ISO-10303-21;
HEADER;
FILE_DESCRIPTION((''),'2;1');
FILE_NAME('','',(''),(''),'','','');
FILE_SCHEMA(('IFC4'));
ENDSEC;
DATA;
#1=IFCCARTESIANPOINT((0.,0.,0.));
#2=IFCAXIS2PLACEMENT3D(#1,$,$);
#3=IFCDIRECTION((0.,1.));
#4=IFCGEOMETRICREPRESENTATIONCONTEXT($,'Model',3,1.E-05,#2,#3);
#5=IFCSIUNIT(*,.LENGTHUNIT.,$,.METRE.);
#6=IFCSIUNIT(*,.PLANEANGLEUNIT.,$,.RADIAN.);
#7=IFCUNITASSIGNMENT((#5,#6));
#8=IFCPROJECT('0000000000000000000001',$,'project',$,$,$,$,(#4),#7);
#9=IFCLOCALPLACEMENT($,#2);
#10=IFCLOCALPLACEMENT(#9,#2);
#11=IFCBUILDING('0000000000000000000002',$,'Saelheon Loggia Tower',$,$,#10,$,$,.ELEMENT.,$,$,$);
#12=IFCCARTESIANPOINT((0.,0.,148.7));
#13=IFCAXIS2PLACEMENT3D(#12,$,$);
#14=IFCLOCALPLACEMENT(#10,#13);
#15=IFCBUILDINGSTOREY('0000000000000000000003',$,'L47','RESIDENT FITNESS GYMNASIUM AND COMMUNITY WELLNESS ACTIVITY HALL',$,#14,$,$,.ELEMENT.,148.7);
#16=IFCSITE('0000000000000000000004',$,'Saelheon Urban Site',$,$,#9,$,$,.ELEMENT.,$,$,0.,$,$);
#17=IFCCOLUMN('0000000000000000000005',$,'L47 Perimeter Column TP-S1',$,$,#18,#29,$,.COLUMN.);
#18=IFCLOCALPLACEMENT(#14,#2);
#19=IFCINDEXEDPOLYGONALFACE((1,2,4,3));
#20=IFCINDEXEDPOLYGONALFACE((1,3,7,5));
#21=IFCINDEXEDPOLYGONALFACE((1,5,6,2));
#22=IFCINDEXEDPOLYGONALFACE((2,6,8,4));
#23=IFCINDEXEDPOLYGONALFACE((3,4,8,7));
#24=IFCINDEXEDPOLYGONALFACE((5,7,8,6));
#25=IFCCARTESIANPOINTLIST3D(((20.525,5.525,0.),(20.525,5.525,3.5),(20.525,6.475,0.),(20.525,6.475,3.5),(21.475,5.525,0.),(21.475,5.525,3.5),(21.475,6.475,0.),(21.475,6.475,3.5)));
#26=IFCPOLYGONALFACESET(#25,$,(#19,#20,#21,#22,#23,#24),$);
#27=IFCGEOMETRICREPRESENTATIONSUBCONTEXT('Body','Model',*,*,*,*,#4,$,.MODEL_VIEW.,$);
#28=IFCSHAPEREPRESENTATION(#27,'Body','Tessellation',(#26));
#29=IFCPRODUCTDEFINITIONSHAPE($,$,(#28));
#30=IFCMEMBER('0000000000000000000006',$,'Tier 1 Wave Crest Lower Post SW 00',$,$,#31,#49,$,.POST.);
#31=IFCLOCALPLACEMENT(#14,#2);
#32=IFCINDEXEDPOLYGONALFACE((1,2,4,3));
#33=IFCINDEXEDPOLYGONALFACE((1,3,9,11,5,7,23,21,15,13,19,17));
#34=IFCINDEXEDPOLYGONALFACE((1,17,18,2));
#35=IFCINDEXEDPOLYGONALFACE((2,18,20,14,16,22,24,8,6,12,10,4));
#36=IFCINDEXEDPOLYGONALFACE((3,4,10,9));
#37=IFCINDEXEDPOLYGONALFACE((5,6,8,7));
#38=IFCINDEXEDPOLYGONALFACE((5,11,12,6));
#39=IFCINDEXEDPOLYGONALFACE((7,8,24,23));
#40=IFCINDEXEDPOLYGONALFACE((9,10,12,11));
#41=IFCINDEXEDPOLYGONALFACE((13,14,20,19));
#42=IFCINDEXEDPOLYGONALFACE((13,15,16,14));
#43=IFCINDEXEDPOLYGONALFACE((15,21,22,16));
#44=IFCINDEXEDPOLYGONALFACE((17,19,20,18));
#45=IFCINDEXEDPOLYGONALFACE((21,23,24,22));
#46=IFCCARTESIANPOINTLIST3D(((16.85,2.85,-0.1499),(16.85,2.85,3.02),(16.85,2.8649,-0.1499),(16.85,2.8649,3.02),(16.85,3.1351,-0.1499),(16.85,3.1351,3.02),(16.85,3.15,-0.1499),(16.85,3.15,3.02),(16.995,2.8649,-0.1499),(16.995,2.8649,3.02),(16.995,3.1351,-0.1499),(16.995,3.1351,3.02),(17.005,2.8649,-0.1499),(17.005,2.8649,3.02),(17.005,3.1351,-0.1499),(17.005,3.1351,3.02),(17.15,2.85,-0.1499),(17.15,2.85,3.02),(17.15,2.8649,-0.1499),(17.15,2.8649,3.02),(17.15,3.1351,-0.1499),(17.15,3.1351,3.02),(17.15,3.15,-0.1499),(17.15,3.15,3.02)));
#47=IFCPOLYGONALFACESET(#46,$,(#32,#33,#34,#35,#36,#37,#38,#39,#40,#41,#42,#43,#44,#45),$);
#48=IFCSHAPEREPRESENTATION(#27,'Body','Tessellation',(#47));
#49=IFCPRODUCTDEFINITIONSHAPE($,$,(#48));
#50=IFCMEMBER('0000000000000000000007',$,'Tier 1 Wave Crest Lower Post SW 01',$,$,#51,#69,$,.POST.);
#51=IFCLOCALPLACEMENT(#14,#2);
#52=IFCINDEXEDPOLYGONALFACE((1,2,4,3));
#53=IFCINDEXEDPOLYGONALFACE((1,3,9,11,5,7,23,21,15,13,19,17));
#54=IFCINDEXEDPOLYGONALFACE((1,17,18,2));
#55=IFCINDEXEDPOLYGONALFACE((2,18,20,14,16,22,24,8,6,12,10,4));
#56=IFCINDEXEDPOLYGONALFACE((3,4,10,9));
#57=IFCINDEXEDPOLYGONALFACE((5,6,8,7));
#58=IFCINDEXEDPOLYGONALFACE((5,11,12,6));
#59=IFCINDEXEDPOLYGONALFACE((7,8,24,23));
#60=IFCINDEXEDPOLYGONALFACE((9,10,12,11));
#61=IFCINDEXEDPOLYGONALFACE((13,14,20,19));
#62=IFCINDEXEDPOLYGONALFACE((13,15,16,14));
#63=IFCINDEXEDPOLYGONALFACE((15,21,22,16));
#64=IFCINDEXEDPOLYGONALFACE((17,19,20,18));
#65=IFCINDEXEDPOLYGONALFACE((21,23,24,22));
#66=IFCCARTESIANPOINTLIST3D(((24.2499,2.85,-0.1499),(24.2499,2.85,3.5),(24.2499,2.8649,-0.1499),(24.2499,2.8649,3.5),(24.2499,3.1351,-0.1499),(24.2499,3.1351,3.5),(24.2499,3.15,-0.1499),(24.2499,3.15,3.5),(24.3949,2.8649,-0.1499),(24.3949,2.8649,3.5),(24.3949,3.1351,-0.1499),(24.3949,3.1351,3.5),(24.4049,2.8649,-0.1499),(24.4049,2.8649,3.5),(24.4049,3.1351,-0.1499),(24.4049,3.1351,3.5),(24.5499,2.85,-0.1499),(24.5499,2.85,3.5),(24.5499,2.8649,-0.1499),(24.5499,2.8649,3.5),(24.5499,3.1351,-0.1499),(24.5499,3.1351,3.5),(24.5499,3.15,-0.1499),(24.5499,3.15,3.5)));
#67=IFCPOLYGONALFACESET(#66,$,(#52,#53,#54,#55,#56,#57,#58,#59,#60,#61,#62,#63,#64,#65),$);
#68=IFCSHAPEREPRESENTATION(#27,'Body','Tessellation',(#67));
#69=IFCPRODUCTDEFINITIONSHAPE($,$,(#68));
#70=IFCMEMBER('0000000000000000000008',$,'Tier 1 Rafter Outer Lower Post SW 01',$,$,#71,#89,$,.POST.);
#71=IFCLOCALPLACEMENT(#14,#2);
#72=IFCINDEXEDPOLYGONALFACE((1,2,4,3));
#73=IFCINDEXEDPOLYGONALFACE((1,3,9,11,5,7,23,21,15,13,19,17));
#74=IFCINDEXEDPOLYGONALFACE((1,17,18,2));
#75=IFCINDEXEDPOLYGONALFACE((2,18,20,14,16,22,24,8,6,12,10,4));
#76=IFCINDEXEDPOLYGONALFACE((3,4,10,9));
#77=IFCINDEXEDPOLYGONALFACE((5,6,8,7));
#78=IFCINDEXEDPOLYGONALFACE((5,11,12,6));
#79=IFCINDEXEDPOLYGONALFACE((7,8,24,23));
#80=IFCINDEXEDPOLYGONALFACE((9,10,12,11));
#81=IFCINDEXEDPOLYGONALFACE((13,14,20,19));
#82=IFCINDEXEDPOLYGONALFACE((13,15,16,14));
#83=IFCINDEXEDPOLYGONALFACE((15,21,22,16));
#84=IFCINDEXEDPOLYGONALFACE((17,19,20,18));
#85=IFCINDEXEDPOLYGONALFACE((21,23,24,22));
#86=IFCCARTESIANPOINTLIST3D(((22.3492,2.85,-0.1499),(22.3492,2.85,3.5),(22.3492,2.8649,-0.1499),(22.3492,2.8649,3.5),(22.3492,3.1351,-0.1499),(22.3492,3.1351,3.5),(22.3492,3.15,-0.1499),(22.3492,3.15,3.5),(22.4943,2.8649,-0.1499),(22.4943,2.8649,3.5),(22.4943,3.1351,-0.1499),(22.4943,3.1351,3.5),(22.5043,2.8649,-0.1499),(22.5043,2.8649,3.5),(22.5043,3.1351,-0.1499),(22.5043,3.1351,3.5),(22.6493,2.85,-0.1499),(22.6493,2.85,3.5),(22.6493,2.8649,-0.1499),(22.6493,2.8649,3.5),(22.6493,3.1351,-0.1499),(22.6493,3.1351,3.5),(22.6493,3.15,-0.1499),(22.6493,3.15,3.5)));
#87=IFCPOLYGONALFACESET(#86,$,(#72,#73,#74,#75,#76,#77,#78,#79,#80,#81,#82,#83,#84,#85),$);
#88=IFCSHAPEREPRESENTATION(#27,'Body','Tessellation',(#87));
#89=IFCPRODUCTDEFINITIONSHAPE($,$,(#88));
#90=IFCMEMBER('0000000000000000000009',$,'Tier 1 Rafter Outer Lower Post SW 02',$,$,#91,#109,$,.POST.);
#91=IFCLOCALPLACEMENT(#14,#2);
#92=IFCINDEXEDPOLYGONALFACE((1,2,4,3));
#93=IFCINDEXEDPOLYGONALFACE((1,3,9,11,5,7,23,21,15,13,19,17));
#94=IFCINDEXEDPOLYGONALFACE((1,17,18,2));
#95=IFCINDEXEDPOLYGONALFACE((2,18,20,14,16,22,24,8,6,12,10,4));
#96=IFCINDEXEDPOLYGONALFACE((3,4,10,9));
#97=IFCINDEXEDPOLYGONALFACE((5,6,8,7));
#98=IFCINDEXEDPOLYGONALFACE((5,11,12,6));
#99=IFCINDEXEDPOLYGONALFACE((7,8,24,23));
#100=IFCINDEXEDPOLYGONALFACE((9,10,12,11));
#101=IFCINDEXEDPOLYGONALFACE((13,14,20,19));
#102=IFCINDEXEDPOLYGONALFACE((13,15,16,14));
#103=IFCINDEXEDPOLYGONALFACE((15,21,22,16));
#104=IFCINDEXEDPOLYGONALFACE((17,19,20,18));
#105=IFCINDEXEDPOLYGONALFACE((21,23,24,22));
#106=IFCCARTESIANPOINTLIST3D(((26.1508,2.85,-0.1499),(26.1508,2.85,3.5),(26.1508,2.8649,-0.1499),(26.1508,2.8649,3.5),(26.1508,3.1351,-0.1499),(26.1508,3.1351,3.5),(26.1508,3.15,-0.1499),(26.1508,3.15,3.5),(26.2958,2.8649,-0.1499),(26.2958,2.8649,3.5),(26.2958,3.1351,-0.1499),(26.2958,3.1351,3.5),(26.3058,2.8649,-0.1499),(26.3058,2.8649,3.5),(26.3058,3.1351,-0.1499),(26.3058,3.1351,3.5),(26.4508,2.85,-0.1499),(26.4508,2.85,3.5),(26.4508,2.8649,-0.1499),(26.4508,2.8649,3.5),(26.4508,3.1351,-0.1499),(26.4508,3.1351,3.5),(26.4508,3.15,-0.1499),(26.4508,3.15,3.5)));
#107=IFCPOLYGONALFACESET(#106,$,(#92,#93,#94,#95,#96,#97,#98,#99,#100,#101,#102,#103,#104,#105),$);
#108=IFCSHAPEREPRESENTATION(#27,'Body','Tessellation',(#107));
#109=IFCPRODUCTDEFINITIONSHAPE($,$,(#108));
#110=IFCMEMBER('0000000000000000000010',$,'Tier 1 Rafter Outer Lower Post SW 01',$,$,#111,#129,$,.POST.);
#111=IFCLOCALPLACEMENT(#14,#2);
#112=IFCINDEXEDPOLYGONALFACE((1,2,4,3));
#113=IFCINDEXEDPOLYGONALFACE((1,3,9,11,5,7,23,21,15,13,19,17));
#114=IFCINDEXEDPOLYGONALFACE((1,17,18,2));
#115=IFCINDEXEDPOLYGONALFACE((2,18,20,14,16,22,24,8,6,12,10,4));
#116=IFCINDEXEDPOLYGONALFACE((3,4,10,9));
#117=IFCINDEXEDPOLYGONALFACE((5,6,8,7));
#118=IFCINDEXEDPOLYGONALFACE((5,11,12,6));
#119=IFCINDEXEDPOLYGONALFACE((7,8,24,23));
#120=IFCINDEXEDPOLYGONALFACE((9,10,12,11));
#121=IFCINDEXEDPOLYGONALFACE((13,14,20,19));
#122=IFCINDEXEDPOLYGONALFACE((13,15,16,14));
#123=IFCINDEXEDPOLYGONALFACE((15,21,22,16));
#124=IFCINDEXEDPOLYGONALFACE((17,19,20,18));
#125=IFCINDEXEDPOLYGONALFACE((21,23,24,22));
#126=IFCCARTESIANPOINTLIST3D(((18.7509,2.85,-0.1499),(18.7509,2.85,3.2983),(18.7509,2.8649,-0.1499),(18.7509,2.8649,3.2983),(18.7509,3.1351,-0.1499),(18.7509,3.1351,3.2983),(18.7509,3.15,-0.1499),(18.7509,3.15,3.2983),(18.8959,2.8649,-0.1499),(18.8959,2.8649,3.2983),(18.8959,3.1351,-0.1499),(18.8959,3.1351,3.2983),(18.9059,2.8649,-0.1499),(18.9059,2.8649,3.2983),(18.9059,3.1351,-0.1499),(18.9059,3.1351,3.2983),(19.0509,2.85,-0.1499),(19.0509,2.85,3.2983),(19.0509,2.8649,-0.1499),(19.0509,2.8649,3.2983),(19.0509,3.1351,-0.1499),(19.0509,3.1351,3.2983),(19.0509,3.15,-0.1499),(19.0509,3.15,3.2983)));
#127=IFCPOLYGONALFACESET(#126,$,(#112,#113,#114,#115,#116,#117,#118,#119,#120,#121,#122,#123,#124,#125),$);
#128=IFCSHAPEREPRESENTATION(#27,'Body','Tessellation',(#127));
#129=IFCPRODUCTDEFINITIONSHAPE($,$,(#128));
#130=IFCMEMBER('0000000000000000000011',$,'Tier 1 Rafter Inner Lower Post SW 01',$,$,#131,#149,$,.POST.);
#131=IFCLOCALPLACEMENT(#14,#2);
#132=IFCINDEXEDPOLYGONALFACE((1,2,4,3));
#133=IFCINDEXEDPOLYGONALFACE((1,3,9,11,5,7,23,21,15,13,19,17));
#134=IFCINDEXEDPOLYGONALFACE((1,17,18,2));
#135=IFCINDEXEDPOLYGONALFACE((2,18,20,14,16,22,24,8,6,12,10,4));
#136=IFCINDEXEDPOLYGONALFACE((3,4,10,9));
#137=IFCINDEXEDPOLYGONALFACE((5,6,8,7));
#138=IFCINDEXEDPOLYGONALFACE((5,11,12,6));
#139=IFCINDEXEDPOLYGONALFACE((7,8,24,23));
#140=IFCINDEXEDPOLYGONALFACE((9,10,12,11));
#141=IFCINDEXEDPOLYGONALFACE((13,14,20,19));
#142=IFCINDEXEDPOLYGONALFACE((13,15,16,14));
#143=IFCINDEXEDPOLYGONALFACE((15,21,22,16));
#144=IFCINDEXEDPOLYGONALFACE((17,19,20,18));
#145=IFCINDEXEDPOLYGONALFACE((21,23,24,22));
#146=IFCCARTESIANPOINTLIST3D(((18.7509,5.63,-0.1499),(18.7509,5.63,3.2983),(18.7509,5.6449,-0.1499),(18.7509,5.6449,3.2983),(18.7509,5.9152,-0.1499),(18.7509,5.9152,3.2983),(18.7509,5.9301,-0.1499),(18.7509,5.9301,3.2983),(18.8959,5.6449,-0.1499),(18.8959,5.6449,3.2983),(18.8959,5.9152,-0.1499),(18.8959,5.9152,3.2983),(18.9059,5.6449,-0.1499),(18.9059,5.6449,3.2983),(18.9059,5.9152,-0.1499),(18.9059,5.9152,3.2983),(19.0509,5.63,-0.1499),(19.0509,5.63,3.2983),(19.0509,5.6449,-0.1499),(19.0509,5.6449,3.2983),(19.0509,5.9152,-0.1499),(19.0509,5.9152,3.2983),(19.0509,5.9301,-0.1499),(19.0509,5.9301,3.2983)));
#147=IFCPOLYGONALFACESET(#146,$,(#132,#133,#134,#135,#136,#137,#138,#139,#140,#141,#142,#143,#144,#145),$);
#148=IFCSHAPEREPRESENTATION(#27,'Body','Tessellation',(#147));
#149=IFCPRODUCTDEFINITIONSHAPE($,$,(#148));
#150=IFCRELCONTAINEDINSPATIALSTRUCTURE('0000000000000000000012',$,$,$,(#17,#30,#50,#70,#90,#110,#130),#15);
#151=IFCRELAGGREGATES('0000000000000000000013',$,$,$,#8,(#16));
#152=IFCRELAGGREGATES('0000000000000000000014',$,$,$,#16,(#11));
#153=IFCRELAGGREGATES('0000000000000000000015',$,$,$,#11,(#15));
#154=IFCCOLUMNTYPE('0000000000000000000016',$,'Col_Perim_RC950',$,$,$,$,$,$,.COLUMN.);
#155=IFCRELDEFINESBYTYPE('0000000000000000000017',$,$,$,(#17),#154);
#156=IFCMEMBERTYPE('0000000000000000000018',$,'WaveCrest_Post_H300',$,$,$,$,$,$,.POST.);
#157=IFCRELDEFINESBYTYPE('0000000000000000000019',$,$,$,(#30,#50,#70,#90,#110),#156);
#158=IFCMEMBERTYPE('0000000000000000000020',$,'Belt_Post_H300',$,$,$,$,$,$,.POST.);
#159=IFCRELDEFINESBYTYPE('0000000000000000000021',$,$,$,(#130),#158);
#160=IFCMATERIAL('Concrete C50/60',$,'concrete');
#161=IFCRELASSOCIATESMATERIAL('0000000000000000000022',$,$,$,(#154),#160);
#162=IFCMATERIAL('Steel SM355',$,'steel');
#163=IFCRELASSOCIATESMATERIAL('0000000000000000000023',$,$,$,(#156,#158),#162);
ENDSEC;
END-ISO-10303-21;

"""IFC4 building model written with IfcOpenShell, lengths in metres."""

from ifc_helpers import new_model, si_unit, direction, frame, origin, origin_2d, place, context, subcontext, project, spatial, rectangle, i_section, extrude, source, transform, mapped, material, material_profile, profile_set, type_object, element, save


model = new_model("IFC4")

# Units and contexts
model_context = context("Model", 3, precision=1e-05, world=origin(), true_north=direction((0.0, 1.0)))
body_context = subcontext(model_context, "Body", "Model", "MODEL_VIEW")
ifc_project = project(units=[si_unit("LENGTHUNIT", "METRE"), si_unit("PLANEANGLEUNIT", "RADIAN")], contexts=[model_context])

# Site, building, storey
site_placement = place(None, origin())
site = spatial("IfcSite", under=ifc_project, at=site_placement, Name="Saelheon Urban Site", CompositionType="ELEMENT", RefElevation=0.0)
building_placement = place(site_placement, origin())
building = spatial("IfcBuilding", under=site, at=building_placement, Name="Saelheon Loggia Tower", CompositionType="ELEMENT")
storey_placement = place(building_placement, frame((0.0, 0.0, 148.7)))
storey = spatial("IfcBuildingStorey", under=building, at=storey_placement, Name="L47", Description="RESIDENT FITNESS GYMNASIUM AND COMMUNITY WELLNESS ACTIVITY HALL", CompositionType="ELEMENT", Elevation=148.7)

# Column
ifc_material_1 = material(Name="Concrete C50/60", Category="concrete")
ifc_material_profile_1 = material_profile(ifc_material_1, rectangle(XDim=0.95, YDim=0.95, at=origin_2d()), Name="RC-950x950")
ifc_profile_set_1 = profile_set([ifc_material_profile_1], Name="Concrete C50/60")
column_type = type_object("IfcColumnType", Name="Col_Perim_RC950", PredefinedType="COLUMN", material=ifc_profile_set_1)
shared_shape_1 = source(origin(), body_context, "Body", "SweptSolid", [
    extrude(rectangle(XDim=0.95, YDim=0.95, at=origin_2d()), origin(), (0.0, 0.0, 1.0), 3.5),
])
column_placement = place(storey_placement, frame((21.0, 6.0, 0.0), z_axis=(0.0, 0.0, 1.0), x_axis=(1.0, 0.0, 0.0)))
element("IfcColumn", 1, at=column_placement, inside=storey, type_object=column_type, Name="L47 Perimeter Column TP-S1", PredefinedType="COLUMN", context=body_context, shape_type="MappedRepresentation", body=[
    mapped(shared_shape_1, transform((0.0, 0.0, 0.0), scale=1.0)),
])

# Members
ifc_material_2 = material(Name="Steel SM355", Category="steel")
ifc_material_profile_2 = material_profile(ifc_material_2, i_section(OverallWidth=0.3, OverallDepth=0.3, WebThickness=0.01, FlangeThickness=0.0149, at=origin_2d()), Name="H-300x300x10x15")
ifc_profile_set_2 = profile_set([ifc_material_profile_2], Name="Steel SM355")
member_type_1 = type_object("IfcMemberType", Name="WaveCrest_Post_H300", PredefinedType="POST", material=ifc_profile_set_2)
shared_shape_2 = source(origin(), body_context, "Body", "SweptSolid", [
    extrude(i_section(OverallWidth=0.3, OverallDepth=0.3, WebThickness=0.01, FlangeThickness=0.0149, at=origin_2d()), origin(), (0.0, 0.0, 1.0), 3.1699),
])
member_1_placement = place(storey_placement, frame((17.0, 3.0, -0.1499), z_axis=(0.0, 0.0, 1.0), x_axis=(1.0, 0.0, 0.0)))
element("IfcMember", 2, at=member_1_placement, inside=storey, type_object=member_type_1, Name="Tier 1 Wave Crest Lower Post SW 00", PredefinedType="POST", context=body_context, shape_type="MappedRepresentation", body=[
    mapped(shared_shape_2, transform((0.0, 0.0, 0.0), scale=1.0)),
])
shared_shape_3 = source(origin(), body_context, "Body", "SweptSolid", [
    extrude(i_section(OverallWidth=0.3, OverallDepth=0.3, WebThickness=0.01, FlangeThickness=0.0149, at=origin_2d()), origin(), (0.0, 0.0, 1.0), 3.6499),
])
for number, where, z_axis, x_axis, name in (
    (3, (24.3999, 3.0, -0.1499), (0.0, 0.0, 1.0), (1.0, 0.0, 0.0), "Tier 1 Wave Crest Lower Post SW 01"),
    (4, (22.4993, 3.0, -0.1499), (0.0, 0.0, 1.0), (1.0, 0.0, 0.0), "Tier 1 Rafter Outer Lower Post SW 01"),
    (5, (26.3008, 3.0, -0.1499), (0.0, 0.0, 1.0), (1.0, 0.0, 0.0), "Tier 1 Rafter Outer Lower Post SW 02"),
):
    element("IfcMember", number, at=place(storey_placement, frame(where, z_axis=z_axis, x_axis=x_axis)), inside=storey, type_object=member_type_1, Name=name, PredefinedType="POST", context=body_context, shape_type="MappedRepresentation", body=[
        mapped(shared_shape_3, transform((0.0, 0.0, 0.0), scale=1.0)),
    ])
shared_shape_4 = source(origin(), body_context, "Body", "SweptSolid", [
    extrude(i_section(OverallWidth=0.3, OverallDepth=0.3, WebThickness=0.01, FlangeThickness=0.0149, at=origin_2d()), origin(), (0.0, 0.0, 1.0), 3.4482),
])
member_2_placement = place(storey_placement, frame((18.9009, 3.0, -0.1499), z_axis=(0.0, 0.0, 1.0), x_axis=(1.0, 0.0, 0.0)))
element("IfcMember", 6, at=member_2_placement, inside=storey, type_object=member_type_1, Name="Tier 1 Rafter Outer Lower Post SW 01", PredefinedType="POST", context=body_context, shape_type="MappedRepresentation", body=[
    mapped(shared_shape_4, transform((0.0, 0.0, 0.0), scale=1.0)),
])
ifc_material_profile_3 = material_profile(ifc_material_2, i_section(OverallWidth=0.3, OverallDepth=0.3, WebThickness=0.01, FlangeThickness=0.0149, at=origin_2d()), Name="H-300x300x10x15")
ifc_profile_set_3 = profile_set([ifc_material_profile_3], Name="Steel SM355")
member_type_2 = type_object("IfcMemberType", Name="Belt_Post_H300", PredefinedType="POST", material=ifc_profile_set_3)
member_3_placement = place(storey_placement, frame((18.9009, 5.78, -0.1499), z_axis=(0.0, 0.0, 1.0), x_axis=(1.0, 0.0, 0.0)))
element("IfcMember", 7, at=member_3_placement, inside=storey, type_object=member_type_2, Name="Tier 1 Rafter Inner Lower Post SW 01", PredefinedType="POST", context=body_context, shape_type="MappedRepresentation", body=[
    mapped(shared_shape_4, transform((0.0, 0.0, 0.0), scale=1.0)),
])

save(model, "model.ifc")
